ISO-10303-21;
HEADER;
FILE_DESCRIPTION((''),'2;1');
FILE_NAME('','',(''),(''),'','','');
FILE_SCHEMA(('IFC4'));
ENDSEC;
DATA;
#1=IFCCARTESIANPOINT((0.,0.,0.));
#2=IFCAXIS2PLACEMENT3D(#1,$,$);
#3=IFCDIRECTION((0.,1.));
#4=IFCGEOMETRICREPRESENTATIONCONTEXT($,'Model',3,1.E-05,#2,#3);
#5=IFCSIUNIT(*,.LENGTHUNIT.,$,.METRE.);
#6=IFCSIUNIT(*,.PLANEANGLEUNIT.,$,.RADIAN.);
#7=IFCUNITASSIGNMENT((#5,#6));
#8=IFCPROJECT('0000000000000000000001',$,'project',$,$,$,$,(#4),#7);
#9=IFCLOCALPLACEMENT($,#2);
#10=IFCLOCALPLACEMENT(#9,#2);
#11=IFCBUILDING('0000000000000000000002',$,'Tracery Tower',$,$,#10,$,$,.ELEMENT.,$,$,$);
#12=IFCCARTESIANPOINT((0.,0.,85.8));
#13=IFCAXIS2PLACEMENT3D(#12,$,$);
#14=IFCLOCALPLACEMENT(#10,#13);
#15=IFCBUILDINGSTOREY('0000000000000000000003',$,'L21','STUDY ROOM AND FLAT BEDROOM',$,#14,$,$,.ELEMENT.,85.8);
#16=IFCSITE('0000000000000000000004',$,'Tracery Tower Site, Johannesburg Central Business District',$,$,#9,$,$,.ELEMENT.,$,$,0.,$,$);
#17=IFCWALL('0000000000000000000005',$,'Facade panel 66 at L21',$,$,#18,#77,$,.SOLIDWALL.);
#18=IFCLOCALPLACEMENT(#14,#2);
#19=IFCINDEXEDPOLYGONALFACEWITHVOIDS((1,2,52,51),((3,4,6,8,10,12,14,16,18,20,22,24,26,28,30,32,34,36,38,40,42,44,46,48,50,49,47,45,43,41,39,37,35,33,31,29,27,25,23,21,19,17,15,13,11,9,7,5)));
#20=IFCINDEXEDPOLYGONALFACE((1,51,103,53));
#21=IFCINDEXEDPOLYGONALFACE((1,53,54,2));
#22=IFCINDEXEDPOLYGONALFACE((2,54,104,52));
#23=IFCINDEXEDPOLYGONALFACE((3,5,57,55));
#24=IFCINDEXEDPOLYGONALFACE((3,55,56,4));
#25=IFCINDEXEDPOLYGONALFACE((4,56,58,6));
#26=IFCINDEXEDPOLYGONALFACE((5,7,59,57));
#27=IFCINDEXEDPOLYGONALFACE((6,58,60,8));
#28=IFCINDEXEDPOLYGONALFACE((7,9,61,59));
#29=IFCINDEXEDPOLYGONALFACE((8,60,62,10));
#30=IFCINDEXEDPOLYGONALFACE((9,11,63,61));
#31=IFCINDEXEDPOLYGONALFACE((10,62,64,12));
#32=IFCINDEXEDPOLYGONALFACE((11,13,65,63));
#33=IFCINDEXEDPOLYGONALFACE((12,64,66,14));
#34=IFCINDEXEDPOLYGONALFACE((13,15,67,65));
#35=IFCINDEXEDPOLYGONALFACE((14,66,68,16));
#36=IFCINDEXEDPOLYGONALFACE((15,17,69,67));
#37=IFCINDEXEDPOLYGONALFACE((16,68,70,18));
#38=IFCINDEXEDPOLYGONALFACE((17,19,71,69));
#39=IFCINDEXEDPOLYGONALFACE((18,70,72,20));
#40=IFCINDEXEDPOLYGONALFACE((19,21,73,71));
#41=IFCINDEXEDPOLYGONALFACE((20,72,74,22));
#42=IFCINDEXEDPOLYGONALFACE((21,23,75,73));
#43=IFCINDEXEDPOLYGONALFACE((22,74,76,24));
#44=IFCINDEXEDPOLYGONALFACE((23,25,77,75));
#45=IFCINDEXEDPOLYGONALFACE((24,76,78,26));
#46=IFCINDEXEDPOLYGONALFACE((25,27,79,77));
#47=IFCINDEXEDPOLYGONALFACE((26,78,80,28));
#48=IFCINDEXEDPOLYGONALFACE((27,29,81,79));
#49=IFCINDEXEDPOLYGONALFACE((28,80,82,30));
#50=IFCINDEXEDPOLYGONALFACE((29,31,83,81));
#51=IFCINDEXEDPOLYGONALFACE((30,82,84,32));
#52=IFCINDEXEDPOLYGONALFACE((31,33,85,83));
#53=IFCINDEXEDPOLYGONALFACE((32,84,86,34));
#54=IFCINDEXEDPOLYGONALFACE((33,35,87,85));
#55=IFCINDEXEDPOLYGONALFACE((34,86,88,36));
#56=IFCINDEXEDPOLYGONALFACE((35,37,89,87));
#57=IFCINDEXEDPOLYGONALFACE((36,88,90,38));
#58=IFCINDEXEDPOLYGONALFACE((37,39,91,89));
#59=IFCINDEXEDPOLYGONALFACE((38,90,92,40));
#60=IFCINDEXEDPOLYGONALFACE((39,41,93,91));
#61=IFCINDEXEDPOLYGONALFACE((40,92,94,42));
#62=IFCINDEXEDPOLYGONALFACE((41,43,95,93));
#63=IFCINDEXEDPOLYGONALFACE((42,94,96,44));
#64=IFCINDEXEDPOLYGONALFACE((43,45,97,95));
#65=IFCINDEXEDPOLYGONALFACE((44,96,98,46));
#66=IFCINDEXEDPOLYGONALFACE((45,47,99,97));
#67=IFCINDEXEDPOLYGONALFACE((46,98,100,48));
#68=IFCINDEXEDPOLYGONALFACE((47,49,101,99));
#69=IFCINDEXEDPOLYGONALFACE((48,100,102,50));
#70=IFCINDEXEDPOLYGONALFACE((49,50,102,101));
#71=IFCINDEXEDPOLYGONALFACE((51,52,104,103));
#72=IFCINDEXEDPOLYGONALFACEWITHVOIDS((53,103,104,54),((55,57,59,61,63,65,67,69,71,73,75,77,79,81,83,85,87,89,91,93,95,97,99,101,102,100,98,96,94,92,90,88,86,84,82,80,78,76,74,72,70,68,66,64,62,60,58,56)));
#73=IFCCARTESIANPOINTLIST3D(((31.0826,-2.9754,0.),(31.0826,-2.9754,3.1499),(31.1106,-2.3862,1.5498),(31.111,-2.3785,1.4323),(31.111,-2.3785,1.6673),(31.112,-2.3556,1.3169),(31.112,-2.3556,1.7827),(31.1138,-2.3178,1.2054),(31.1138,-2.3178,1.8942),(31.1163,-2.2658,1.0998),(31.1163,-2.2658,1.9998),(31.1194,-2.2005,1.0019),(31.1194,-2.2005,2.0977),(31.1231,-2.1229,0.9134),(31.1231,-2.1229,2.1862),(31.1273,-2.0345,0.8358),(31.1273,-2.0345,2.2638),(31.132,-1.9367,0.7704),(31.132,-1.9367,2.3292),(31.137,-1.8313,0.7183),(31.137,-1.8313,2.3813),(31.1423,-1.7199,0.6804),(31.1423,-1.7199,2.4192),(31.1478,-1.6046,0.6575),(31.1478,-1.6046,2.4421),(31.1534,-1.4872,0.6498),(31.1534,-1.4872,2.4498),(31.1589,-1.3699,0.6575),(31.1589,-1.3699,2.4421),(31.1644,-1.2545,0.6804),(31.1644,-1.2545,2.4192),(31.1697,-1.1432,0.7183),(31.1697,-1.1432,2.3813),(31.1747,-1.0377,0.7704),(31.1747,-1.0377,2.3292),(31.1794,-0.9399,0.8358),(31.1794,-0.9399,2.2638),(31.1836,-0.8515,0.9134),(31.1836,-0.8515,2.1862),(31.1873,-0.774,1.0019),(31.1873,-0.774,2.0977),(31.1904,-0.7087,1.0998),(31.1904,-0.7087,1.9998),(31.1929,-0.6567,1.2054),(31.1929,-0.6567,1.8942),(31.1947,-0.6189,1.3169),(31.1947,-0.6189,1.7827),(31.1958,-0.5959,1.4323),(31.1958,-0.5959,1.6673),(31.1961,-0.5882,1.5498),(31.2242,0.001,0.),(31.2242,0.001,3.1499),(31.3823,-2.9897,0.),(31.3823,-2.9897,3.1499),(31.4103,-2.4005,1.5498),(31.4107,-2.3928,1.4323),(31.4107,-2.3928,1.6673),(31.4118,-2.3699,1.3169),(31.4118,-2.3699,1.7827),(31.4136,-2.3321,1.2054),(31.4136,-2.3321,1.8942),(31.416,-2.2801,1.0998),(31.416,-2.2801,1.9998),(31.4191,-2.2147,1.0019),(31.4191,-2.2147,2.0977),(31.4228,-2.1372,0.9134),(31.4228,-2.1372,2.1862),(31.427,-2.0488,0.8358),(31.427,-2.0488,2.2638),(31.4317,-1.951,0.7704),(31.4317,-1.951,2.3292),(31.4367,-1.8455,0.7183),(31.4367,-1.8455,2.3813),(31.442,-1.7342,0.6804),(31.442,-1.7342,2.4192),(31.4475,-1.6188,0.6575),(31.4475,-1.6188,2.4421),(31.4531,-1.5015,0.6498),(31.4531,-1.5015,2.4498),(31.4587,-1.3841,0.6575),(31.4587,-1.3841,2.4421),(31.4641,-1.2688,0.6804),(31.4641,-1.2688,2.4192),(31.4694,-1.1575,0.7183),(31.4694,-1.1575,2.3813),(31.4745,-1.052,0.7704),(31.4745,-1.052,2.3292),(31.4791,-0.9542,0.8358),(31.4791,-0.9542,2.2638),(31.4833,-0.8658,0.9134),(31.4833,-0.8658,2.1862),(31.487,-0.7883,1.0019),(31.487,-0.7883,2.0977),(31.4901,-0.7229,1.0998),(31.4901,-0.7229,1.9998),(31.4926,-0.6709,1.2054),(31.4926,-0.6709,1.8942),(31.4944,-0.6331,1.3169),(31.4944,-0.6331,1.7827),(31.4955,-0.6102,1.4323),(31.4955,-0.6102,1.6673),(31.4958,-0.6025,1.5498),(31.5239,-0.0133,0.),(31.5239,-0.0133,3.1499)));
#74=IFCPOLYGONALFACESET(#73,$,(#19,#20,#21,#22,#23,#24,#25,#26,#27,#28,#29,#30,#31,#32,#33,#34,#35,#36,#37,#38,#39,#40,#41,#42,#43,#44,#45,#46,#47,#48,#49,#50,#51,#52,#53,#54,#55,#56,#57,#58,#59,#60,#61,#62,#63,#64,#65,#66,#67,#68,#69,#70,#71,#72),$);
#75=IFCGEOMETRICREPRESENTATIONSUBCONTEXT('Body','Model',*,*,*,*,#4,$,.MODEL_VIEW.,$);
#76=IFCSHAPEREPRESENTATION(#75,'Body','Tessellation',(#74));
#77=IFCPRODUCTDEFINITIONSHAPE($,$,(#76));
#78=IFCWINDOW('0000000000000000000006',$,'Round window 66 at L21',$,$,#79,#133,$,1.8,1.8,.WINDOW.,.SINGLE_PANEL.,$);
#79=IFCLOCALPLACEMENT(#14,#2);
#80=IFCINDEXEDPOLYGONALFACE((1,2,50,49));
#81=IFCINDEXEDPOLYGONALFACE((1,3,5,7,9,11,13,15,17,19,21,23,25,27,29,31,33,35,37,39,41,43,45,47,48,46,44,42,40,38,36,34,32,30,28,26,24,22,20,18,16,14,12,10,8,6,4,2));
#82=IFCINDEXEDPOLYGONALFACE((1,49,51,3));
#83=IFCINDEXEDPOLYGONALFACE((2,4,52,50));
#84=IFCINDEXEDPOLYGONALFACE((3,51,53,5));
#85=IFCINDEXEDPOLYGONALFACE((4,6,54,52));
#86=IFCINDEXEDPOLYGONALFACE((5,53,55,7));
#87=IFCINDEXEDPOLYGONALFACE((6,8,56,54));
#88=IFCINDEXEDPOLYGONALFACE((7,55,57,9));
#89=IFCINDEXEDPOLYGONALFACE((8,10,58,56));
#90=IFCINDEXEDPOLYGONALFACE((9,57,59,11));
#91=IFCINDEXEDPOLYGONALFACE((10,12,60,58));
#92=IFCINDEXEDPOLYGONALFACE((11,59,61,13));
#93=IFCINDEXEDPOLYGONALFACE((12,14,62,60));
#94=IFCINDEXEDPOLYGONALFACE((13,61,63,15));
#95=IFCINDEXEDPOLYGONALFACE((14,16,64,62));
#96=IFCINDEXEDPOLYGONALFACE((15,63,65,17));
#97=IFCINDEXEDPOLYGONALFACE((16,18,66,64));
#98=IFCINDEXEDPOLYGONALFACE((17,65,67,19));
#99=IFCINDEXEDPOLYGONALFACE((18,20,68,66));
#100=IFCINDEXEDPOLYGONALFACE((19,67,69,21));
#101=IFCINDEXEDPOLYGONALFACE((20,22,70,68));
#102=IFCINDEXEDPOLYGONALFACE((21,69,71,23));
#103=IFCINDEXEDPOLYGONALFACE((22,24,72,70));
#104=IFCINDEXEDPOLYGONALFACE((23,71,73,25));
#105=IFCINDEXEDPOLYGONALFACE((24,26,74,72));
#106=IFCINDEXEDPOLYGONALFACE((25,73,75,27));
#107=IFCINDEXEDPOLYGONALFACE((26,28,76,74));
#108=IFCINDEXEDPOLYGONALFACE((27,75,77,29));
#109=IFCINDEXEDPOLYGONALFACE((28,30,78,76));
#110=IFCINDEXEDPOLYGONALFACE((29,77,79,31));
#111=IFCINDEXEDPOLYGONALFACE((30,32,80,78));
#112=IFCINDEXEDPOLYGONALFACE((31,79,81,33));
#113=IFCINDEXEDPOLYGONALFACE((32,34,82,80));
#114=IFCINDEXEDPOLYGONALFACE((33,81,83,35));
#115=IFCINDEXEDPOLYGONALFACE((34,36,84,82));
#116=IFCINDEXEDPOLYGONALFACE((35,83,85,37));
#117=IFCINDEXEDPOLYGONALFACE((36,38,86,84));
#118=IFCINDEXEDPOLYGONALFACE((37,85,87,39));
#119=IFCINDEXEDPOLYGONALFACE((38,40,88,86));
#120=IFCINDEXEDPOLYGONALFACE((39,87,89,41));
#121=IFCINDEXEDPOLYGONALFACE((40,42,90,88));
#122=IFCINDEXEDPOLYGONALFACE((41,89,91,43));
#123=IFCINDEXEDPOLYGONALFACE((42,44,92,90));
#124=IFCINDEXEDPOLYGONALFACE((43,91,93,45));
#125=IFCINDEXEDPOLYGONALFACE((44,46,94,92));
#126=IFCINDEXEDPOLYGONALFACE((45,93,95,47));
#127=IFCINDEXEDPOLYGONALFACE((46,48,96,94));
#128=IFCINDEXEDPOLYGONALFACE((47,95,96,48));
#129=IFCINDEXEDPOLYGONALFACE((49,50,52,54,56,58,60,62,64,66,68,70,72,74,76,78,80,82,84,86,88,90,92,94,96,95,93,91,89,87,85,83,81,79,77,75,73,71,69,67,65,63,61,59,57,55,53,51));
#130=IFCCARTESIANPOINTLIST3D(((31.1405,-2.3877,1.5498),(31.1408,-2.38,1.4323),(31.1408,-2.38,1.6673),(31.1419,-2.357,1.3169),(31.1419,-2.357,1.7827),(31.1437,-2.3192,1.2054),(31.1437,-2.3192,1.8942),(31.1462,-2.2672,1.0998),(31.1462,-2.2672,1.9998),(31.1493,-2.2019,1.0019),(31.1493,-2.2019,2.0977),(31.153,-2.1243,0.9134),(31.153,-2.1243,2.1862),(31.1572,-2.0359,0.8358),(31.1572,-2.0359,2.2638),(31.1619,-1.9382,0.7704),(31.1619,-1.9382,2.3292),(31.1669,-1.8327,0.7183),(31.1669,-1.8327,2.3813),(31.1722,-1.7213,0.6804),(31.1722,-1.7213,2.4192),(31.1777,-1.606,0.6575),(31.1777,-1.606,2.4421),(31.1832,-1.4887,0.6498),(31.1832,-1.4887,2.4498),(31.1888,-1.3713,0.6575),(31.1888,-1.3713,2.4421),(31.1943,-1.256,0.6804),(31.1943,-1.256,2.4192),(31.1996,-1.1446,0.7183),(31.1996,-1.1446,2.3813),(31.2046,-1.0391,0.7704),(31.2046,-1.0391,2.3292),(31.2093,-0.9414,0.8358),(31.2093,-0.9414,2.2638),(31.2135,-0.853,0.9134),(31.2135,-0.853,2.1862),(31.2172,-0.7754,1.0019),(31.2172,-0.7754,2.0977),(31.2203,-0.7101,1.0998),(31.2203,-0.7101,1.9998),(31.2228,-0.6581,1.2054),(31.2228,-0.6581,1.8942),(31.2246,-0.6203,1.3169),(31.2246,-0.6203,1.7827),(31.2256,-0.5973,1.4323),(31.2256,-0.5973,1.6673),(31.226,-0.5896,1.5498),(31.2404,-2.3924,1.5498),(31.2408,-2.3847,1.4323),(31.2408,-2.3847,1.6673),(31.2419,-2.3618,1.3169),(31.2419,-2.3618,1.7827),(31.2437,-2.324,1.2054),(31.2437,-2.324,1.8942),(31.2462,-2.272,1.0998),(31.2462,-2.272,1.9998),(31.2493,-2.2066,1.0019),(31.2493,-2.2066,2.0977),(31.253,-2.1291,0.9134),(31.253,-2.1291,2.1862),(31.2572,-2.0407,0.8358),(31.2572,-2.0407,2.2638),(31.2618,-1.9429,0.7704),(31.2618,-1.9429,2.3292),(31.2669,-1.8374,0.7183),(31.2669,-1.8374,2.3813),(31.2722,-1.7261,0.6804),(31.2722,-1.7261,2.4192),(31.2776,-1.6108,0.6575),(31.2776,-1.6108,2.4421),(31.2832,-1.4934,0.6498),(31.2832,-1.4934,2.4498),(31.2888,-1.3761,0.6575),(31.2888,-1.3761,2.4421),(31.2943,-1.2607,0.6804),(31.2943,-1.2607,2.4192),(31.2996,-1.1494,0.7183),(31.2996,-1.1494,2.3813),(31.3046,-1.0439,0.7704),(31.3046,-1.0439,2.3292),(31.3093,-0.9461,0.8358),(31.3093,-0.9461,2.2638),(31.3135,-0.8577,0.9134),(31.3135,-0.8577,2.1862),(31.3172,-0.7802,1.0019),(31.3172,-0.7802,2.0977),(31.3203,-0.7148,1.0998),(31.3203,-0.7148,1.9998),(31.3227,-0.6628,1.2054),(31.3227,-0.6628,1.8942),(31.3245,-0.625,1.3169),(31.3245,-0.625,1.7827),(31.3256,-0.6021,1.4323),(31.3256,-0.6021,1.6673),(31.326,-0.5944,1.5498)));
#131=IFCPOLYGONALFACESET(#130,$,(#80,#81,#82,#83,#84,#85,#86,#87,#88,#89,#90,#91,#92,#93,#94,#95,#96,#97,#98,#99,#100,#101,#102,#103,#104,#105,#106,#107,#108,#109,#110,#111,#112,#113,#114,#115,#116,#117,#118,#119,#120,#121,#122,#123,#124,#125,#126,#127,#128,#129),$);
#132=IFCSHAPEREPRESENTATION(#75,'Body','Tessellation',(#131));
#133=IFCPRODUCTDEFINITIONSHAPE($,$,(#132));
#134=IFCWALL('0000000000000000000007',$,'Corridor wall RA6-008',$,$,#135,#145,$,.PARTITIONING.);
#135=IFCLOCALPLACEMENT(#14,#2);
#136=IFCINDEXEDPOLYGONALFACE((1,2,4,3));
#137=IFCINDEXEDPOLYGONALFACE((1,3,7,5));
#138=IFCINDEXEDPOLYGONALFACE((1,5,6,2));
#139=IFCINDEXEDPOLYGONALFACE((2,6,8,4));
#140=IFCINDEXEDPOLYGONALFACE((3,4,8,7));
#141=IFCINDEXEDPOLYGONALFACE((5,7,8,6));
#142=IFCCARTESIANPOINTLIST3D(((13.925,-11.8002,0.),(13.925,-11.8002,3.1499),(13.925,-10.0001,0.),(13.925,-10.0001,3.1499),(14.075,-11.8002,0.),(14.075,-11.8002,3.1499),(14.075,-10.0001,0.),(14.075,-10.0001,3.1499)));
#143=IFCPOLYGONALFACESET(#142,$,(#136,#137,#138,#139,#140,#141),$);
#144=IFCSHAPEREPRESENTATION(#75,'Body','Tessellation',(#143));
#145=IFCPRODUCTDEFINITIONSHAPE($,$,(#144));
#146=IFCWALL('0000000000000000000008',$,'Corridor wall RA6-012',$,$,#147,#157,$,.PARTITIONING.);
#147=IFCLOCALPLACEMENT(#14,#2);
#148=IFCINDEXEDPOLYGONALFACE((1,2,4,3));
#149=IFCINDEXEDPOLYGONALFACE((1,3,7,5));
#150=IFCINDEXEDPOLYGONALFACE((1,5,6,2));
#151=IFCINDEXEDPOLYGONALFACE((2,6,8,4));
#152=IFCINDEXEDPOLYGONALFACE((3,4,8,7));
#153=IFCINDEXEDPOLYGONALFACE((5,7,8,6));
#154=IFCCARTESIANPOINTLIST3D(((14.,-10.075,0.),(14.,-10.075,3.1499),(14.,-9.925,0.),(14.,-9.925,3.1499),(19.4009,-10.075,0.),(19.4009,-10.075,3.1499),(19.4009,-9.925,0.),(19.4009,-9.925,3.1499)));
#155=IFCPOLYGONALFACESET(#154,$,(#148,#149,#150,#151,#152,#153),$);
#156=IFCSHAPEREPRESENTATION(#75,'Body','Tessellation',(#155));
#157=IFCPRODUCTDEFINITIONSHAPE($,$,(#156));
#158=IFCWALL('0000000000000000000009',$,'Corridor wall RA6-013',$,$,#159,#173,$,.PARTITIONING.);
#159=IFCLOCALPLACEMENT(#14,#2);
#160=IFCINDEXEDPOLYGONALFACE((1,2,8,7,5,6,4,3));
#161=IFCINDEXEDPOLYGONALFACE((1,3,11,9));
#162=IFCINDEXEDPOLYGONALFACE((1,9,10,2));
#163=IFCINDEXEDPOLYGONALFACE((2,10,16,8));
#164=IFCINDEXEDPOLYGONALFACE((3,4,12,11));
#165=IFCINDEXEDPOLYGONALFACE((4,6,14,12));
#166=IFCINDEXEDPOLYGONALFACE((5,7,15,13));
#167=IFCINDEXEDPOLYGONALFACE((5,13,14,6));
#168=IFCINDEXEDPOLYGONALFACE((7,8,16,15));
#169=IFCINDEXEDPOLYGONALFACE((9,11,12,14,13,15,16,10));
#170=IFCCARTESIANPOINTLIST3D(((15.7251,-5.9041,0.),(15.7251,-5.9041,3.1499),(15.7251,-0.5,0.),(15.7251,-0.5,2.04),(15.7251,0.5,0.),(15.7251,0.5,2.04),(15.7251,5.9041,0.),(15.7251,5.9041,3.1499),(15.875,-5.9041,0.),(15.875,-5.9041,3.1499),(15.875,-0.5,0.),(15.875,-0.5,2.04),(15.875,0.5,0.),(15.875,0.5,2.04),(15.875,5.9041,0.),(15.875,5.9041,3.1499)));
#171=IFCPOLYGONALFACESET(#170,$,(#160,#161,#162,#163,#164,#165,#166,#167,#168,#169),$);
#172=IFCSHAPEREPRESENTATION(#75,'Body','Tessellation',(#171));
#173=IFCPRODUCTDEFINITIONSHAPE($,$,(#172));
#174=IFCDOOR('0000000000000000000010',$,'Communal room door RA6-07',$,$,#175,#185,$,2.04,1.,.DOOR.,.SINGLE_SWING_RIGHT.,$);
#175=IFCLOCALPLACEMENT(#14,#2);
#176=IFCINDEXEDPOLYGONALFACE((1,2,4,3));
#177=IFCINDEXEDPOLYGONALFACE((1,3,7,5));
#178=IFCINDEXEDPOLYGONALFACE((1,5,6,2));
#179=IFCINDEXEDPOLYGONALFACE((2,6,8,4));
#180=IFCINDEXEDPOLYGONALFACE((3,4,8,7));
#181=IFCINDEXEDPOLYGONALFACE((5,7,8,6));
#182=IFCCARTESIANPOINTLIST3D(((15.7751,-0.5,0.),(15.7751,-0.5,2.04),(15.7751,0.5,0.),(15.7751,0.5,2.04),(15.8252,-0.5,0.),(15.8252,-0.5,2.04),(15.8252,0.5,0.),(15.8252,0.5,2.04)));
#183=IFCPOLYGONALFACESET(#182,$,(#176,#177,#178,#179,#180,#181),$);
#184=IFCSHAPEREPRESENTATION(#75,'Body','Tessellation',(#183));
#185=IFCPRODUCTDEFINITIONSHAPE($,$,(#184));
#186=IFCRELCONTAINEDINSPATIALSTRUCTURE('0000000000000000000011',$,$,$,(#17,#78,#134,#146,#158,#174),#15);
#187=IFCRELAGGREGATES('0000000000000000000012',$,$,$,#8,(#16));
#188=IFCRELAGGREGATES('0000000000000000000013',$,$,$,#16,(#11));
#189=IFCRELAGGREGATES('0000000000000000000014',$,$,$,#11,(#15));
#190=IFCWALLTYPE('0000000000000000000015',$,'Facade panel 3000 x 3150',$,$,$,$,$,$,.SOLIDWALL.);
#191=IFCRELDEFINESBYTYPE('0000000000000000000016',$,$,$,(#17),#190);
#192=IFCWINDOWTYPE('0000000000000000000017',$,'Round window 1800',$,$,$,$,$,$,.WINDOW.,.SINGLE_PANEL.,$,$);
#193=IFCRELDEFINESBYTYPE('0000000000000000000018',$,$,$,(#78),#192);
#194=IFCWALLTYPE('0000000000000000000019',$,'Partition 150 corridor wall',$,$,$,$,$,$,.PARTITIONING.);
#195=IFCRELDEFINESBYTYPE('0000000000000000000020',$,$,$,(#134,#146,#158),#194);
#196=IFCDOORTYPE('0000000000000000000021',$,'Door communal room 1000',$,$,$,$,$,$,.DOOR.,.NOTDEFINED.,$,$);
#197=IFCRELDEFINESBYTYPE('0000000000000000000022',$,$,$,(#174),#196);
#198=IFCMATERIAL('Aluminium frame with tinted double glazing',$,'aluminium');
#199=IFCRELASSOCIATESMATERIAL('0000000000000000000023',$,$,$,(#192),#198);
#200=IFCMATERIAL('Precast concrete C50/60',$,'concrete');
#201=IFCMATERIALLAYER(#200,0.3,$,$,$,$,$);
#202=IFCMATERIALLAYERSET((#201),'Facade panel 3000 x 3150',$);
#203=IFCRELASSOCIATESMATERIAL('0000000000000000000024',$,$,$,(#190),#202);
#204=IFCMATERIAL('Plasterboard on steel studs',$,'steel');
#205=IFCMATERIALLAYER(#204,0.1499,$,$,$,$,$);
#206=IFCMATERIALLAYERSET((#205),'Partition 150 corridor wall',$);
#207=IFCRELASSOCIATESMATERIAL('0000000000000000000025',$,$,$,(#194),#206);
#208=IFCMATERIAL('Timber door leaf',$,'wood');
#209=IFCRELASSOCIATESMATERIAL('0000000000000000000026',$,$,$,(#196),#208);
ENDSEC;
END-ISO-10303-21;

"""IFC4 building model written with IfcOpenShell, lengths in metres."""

from ifc_helpers import new_model, si_unit, direction, frame, frame_2d, origin, origin_2d, place, context, subcontext, project, spatial, rectangle, circle, extrude, material, layer, layer_set, type_object, element, fill, save


model = new_model("IFC4")

# Units and contexts
model_context = context("Model", 3, precision=1e-05, world=origin(), true_north=direction((0.0, 1.0)))
body_context = subcontext(model_context, "Body", "Model", "MODEL_VIEW")
ifc_project = project(units=[si_unit("LENGTHUNIT", "METRE"), si_unit("PLANEANGLEUNIT", "RADIAN")], contexts=[model_context])

# Site, building, storey
site_placement = place(None, origin())
site = spatial("IfcSite", under=ifc_project, at=site_placement, Name="Tracery Tower Site, Johannesburg Central Business District", CompositionType="ELEMENT", RefElevation=0.0)
building_placement = place(site_placement, origin())
building = spatial("IfcBuilding", under=site, at=building_placement, Name="Tracery Tower", CompositionType="ELEMENT")
storey_placement = place(building_placement, frame((0.0, 0.0, 85.8)))
storey = spatial("IfcBuildingStorey", under=building, at=storey_placement, Name="L21", Description="STUDY ROOM AND FLAT BEDROOM", CompositionType="ELEMENT", Elevation=85.8)

# Wall, opening, window
ifc_material_1 = material(Name="Aluminium frame with tinted double glazing", Category="aluminium")
window_type = type_object("IfcWindowType", Name="Round window 1800", PartitioningType="SINGLE_PANEL", PredefinedType="WINDOW", material=ifc_material_1)
ifc_material_2 = material(Name="Precast concrete C50/60", Category="concrete")
ifc_layer_1 = layer(ifc_material_2, 0.3)
ifc_layer_set_1 = layer_set([ifc_layer_1], Name="Facade panel 3000 x 3150")
wall_type_1 = type_object("IfcWallType", Name="Facade panel 3000 x 3150", PredefinedType="SOLIDWALL", material=ifc_layer_set_1)
wall_1_placement = place(storey_placement, frame((31.2324, -2.9824, 0.0), z_axis=(0.0, 0.0, 1.0), x_axis=(0.047522, 0.99887, 0.0)))
wall_1 = element("IfcWall", 1, at=wall_1_placement, inside=storey, type_object=wall_type_1, Name="Facade panel 66 at L21", PredefinedType="SOLIDWALL", context=body_context, shape_type="SweptSolid", body=[
    extrude(rectangle(XDim=2.9797, YDim=0.3, at=frame_2d((1.4897, 0.0))), origin(), (0.0, 0.0, 1.0), 3.1499),
])
opening_1_placement = place(wall_1_placement, frame((1.4897, 0.0, 1.5498)))
opening_1 = element("IfcOpeningElement", 2, at=opening_1_placement, cuts=wall_1, PredefinedType="OPENING", context=body_context, shape_type="SweptSolid", body=[
    extrude(circle(Radius=0.9, at=origin_2d()), frame((0.0, 0.1599, 0.0), z_axis=(0.0, -1.0, 0.0), x_axis=(1.0, 0.0, 0.0)), (0.0, 0.0, 1.0), 0.3201),
])
window_1_placement = place(opening_1_placement, origin())
window_1 = element("IfcWindow", 3, at=window_1_placement, inside=storey, type_object=window_type, Name="Round window 66 at L21", OverallHeight=1.8, OverallWidth=1.8, PartitioningType="SINGLE_PANEL", PredefinedType="WINDOW", context=body_context, shape_type="SweptSolid", body=[
    extrude(circle(Radius=0.9, at=origin_2d()), frame((0.0, 0.1201, 0.0), z_axis=(0.0, -1.0, 0.0), x_axis=(1.0, 0.0, 0.0)), (0.0, 0.0, 1.0), 0.1001),
])
fill(opening_1, window_1)

# Walls
ifc_material_3 = material(Name="Plasterboard on steel studs", Category="steel")
ifc_layer_2 = layer(ifc_material_3, 0.1499)
ifc_layer_set_2 = layer_set([ifc_layer_2], Name="Partition 150 corridor wall")
wall_type_2 = type_object("IfcWallType", Name="Partition 150 corridor wall", PredefinedType="PARTITIONING", material=ifc_layer_set_2)
wall_2_placement = place(storey_placement, frame((14.0, -11.8, 0.0), z_axis=(0.0, 0.0, 1.0), x_axis=(0.0, 1.0, 0.0)))
element("IfcWall", 4, at=wall_2_placement, inside=storey, type_object=wall_type_2, Name="Corridor wall RA6-008", PredefinedType="PARTITIONING", context=body_context, shape_type="SweptSolid", body=[
    extrude(rectangle(XDim=1.8, YDim=0.1499, at=frame_2d((0.8999, 0.0))), origin(), (0.0, 0.0, 1.0), 3.1499),
])
wall_3_placement = place(storey_placement, frame((14.0, -10.0, 0.0), z_axis=(0.0, 0.0, 1.0), x_axis=(1.0, 0.0, 0.0)))
element("IfcWall", 5, at=wall_3_placement, inside=storey, type_object=wall_type_2, Name="Corridor wall RA6-012", PredefinedType="PARTITIONING", context=body_context, shape_type="SweptSolid", body=[
    extrude(rectangle(XDim=5.4009, YDim=0.1499, at=frame_2d((2.7004, 0.0))), origin(), (0.0, 0.0, 1.0), 3.1499),
])

# Wall, opening, door
wall_4_placement = place(storey_placement, frame((15.8, -5.9041, 0.0), z_axis=(0.0, 0.0, 1.0), x_axis=(0.0, 1.0, 0.0)))
wall_4 = element("IfcWall", 6, at=wall_4_placement, inside=storey, type_object=wall_type_2, Name="Corridor wall RA6-013", PredefinedType="PARTITIONING", context=body_context, shape_type="SweptSolid", body=[
    extrude(rectangle(XDim=11.8081, YDim=0.1499, at=frame_2d((5.9041, 0.0))), origin(), (0.0, 0.0, 1.0), 3.1499),
])
opening_2_placement = place(wall_4_placement, frame((5.4041, 0.0, 0.0)))
opening_2 = element("IfcOpeningElement", 7, at=opening_2_placement, cuts=wall_4, PredefinedType="OPENING", context=body_context, shape_type="SweptSolid", body=[
    extrude(rectangle(XDim=1.0, YDim=2.04, at=frame_2d((0.5, 1.02))), frame((0.0, 0.075, 0.0), z_axis=(0.0, -1.0, 0.0), x_axis=(1.0, 0.0, 0.0)), (0.0, 0.0, 1.0), 0.1499),
])
ifc_material_4 = material(Name="Timber door leaf", Category="wood")
door_type_1 = type_object("IfcDoorType", Name="Door communal room 1000", OperationType="NOTDEFINED", PredefinedType="DOOR", material=ifc_material_4)
door_1_placement = place(opening_2_placement, origin())
door_1 = element("IfcDoor", 8, at=door_1_placement, inside=storey, type_object=door_type_1, Name="Communal room door RA6-07", OperationType="SINGLE_SWING_RIGHT", OverallHeight=2.04, OverallWidth=1.0, PredefinedType="DOOR", context=body_context, shape_type="SweptSolid", body=[
    extrude(rectangle(XDim=1.0, YDim=2.04, at=frame_2d((0.5, 1.02))), frame((0.0, 0.0249, 0.0), z_axis=(0.0, -1.0, 0.0), x_axis=(1.0, 0.0, 0.0)), (0.0, 0.0, 1.0), 0.05),
])
fill(opening_2, door_1)

save(model, "model.ifc")
